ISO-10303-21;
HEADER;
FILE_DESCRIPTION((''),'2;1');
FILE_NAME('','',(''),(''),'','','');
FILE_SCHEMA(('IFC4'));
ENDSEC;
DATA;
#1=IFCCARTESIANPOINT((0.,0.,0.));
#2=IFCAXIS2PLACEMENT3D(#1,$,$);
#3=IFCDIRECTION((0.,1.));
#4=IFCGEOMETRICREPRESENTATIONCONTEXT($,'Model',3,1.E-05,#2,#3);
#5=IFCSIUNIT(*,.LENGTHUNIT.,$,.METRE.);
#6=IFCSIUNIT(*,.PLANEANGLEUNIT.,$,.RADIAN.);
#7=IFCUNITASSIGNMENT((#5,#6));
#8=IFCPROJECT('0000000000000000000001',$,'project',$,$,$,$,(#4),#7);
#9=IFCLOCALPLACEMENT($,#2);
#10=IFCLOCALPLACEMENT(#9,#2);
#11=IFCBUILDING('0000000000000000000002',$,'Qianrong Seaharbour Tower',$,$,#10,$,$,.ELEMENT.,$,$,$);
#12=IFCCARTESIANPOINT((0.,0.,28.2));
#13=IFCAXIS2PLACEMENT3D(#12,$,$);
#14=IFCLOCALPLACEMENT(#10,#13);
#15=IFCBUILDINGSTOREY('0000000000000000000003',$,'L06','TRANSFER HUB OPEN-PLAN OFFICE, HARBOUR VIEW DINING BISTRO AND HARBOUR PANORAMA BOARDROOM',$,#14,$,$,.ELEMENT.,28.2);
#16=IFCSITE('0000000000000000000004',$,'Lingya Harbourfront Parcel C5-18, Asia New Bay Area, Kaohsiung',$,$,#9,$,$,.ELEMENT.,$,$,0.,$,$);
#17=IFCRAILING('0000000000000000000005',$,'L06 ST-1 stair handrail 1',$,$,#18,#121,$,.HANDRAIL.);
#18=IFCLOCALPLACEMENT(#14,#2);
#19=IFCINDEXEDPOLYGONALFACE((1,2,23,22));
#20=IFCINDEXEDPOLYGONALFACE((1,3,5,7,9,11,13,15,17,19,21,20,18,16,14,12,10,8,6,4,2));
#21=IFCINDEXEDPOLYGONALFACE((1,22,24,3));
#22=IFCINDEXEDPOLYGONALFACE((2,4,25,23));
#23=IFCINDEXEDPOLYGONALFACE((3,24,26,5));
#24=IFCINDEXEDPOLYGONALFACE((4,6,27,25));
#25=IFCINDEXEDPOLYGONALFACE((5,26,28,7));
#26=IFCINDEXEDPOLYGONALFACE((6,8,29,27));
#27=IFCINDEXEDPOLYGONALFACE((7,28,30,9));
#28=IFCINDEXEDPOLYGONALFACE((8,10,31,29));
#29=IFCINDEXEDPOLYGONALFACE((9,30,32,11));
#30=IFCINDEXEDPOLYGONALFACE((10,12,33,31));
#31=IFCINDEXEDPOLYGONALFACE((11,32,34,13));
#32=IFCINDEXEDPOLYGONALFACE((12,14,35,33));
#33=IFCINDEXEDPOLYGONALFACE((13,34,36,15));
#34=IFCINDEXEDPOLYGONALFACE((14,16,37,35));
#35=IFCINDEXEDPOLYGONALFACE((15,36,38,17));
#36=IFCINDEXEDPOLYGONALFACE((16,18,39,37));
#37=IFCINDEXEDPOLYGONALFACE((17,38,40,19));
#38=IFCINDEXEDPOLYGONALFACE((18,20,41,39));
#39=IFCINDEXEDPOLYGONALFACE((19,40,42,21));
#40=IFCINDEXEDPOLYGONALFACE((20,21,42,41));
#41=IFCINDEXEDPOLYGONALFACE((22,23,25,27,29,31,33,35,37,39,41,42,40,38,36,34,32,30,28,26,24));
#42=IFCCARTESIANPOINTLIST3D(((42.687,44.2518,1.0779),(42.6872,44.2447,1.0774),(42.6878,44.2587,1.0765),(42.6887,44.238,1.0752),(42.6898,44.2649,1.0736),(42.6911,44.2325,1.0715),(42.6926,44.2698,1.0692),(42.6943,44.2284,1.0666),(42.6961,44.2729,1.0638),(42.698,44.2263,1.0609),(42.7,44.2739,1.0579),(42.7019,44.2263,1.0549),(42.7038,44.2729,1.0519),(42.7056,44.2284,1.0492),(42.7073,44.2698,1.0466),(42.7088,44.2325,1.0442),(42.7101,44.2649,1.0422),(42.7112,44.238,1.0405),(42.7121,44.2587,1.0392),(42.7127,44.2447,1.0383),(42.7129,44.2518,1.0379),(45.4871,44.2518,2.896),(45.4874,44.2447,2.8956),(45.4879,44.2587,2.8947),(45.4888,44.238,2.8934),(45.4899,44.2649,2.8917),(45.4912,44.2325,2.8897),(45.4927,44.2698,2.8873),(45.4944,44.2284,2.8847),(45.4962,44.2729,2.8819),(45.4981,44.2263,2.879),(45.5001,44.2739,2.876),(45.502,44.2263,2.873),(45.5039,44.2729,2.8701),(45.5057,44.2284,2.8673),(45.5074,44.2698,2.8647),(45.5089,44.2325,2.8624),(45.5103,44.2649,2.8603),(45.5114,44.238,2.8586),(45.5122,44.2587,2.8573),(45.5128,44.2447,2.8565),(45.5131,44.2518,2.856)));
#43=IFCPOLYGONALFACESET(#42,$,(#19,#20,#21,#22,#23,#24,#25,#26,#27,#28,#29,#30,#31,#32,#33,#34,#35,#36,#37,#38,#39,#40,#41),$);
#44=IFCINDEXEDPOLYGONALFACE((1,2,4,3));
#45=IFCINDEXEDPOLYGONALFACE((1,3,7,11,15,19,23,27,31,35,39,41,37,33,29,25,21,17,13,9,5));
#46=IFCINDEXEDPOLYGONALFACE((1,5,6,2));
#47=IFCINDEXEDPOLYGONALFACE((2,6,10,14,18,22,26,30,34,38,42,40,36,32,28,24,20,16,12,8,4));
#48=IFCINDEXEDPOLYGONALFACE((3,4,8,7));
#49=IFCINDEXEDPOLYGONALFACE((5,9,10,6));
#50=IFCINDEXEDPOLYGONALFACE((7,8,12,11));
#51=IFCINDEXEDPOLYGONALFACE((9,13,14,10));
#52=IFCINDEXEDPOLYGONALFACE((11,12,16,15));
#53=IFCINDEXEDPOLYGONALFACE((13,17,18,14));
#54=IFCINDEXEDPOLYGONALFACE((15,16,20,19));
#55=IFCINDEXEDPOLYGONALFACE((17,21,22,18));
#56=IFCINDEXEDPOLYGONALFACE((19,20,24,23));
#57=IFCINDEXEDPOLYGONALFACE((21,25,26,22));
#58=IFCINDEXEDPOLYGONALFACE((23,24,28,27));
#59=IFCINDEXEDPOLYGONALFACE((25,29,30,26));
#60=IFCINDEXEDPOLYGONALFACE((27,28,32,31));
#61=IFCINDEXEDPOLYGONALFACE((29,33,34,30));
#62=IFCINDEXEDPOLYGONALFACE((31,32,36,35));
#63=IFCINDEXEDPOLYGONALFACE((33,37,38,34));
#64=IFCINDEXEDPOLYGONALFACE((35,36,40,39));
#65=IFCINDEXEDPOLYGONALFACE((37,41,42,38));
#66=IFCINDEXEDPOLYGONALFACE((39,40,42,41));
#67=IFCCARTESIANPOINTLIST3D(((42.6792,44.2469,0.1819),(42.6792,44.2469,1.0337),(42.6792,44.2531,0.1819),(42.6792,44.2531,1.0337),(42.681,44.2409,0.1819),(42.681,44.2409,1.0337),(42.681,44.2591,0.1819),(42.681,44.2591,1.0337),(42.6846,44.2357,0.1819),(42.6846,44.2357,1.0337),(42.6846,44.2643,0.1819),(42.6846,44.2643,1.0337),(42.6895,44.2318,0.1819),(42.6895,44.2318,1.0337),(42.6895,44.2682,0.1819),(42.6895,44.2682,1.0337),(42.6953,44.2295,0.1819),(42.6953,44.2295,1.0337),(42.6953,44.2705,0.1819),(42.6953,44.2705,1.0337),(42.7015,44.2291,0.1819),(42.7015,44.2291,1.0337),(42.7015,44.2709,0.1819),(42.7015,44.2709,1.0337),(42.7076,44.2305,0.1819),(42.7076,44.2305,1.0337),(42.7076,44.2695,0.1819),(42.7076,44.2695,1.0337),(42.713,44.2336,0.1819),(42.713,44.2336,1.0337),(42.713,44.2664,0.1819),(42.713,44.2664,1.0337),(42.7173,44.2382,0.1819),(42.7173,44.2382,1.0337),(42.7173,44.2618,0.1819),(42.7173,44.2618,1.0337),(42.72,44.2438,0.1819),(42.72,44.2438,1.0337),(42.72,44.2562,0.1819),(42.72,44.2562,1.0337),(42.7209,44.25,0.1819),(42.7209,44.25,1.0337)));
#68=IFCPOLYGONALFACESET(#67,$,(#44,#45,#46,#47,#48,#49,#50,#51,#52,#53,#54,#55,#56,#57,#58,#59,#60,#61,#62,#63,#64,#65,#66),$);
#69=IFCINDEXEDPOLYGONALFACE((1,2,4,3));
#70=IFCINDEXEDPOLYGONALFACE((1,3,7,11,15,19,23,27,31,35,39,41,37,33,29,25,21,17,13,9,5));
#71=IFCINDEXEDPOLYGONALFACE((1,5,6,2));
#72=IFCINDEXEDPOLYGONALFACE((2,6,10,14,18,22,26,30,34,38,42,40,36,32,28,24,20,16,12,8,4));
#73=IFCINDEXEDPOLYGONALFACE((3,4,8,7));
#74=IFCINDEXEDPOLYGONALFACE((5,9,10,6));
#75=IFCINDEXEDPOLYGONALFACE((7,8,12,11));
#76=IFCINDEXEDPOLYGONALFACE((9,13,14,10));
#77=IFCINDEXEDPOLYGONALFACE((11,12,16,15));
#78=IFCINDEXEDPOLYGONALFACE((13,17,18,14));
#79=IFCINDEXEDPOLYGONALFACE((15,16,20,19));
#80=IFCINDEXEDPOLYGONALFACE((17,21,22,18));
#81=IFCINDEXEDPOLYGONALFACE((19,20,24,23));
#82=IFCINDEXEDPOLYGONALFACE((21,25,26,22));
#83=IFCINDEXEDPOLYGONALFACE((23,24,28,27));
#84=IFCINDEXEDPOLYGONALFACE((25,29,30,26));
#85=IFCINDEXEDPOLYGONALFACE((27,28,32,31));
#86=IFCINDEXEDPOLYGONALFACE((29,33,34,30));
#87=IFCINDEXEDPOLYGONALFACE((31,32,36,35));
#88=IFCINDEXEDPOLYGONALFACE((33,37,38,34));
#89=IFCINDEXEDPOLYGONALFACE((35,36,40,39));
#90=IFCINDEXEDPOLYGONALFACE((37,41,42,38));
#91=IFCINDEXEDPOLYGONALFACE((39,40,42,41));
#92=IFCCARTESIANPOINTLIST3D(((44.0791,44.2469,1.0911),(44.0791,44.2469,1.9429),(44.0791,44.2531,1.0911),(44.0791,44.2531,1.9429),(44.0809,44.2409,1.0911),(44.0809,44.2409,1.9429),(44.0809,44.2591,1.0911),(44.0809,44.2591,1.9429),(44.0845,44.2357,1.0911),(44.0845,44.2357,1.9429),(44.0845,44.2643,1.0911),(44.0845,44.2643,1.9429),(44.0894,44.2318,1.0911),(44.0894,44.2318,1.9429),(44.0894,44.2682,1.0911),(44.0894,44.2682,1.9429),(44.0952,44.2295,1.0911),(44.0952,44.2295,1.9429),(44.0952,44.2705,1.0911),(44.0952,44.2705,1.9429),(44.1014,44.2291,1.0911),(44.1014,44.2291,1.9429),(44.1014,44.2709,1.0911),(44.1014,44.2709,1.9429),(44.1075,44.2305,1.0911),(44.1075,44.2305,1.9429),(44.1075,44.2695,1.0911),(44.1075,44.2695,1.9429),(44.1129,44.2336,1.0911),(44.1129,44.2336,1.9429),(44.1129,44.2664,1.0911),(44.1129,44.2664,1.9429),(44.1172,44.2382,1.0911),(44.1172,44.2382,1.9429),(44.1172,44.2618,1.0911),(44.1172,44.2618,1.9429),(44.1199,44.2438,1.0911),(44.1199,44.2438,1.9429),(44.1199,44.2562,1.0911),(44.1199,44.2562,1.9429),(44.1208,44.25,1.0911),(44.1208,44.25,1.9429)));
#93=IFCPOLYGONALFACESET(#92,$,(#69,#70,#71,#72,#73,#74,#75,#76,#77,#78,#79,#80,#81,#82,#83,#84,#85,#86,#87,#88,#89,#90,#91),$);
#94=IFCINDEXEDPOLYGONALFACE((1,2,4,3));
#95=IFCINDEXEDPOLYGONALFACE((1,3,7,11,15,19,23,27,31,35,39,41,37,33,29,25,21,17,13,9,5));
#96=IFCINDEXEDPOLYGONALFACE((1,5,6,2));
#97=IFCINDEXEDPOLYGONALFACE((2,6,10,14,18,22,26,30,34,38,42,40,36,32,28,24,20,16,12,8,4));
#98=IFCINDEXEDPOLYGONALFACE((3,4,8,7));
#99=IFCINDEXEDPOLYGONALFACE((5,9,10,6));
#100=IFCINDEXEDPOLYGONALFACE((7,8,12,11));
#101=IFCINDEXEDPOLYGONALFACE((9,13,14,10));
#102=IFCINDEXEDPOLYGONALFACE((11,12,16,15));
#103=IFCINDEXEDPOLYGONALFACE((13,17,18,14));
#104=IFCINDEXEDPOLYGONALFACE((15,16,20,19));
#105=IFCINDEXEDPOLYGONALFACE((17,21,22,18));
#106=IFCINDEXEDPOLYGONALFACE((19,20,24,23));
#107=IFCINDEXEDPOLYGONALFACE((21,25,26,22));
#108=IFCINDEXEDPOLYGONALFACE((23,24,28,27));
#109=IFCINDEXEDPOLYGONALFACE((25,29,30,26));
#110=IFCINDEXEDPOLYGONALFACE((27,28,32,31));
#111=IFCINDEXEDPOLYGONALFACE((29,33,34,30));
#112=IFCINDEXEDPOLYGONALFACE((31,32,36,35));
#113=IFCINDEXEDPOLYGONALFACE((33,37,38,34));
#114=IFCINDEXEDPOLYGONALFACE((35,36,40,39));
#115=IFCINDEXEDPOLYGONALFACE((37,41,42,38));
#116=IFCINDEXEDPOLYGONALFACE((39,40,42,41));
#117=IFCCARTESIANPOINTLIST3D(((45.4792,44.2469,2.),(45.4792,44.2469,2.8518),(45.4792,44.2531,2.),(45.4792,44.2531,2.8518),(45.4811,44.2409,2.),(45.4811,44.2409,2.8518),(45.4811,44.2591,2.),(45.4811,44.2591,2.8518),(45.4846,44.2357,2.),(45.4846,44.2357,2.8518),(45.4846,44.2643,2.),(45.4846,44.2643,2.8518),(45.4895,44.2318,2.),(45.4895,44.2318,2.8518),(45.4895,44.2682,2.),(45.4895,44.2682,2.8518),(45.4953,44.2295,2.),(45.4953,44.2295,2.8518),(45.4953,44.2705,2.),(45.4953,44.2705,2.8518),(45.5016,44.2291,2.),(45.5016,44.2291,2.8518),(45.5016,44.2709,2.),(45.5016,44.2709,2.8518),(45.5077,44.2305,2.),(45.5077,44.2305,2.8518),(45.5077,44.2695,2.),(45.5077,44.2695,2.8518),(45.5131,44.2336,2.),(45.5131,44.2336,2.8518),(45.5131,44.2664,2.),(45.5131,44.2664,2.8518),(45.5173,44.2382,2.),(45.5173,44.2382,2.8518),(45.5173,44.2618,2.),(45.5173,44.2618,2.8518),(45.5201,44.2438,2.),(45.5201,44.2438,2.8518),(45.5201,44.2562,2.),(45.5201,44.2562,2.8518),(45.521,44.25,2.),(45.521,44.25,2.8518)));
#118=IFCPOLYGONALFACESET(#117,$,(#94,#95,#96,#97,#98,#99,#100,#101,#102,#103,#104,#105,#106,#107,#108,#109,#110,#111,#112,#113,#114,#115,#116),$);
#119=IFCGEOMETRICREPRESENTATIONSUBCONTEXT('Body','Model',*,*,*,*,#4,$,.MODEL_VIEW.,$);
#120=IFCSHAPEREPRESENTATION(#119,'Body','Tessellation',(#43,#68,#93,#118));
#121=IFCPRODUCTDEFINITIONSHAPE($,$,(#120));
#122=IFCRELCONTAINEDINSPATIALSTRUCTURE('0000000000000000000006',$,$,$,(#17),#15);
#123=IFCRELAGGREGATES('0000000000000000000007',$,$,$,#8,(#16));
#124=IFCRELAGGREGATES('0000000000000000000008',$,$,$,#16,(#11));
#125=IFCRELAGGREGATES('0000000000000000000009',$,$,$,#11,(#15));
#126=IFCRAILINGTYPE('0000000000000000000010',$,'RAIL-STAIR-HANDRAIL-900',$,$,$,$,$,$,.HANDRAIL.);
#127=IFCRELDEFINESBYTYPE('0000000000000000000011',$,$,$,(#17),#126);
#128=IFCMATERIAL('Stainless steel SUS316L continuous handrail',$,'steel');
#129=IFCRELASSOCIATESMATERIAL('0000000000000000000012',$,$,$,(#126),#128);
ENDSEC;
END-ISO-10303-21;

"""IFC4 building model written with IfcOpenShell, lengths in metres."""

from ifc_helpers import new_model, si_unit, direction, frame, origin, origin_2d, place, context, subcontext, project, spatial, circle, extrude, material, type_object, element, save


model = new_model("IFC4")

# Units and contexts
model_context = context("Model", 3, precision=1e-05, world=origin(), true_north=direction((0.0, 1.0)))
body_context = subcontext(model_context, "Body", "Model", "MODEL_VIEW")
ifc_project = project(units=[si_unit("LENGTHUNIT", "METRE"), si_unit("PLANEANGLEUNIT", "RADIAN")], contexts=[model_context])

# Site, building, storey
site_placement = place(None, origin())
site = spatial("IfcSite", under=ifc_project, at=site_placement, Name="Lingya Harbourfront Parcel C5-18, Asia New Bay Area, Kaohsiung", CompositionType="ELEMENT", RefElevation=0.0)
building_placement = place(site_placement, origin())
building = spatial("IfcBuilding", under=site, at=building_placement, Name="Qianrong Seaharbour Tower", CompositionType="ELEMENT")
storey_placement = place(building_placement, frame((0.0, 0.0, 28.2)))
storey = spatial("IfcBuildingStorey", under=building, at=storey_placement, Name="L06", Description="TRANSFER HUB OPEN-PLAN OFFICE, HARBOUR VIEW DINING BISTRO AND HARBOUR PANORAMA BOARDROOM", CompositionType="ELEMENT", Elevation=28.2)

# Railing
ifc_material_1 = material(Name="Stainless steel SUS316L continuous handrail", Category="steel")
railing_type = type_object("IfcRailingType", Name="RAIL-STAIR-HANDRAIL-900", PredefinedType="HANDRAIL", material=ifc_material_1)
railing_placement = place(storey_placement, frame((42.7, 44.25, 0.1819)))
element("IfcRailing", 1, at=railing_placement, inside=storey, type_object=railing_type, Name="L06 ST-1 stair handrail 1", PredefinedType="HANDRAIL", context=body_context, shape_type="SweptSolid", body=[
    extrude(circle(Radius=0.0239, at=origin_2d()), frame((0.0, 0.0, 0.876), z_axis=(0.838706, 0.0, 0.544585), x_axis=(0.0, 1.0, 0.0)), (0.0, 0.0, 1.0), 3.3386),
    extrude(circle(Radius=0.021, at=origin_2d()), origin(), (0.0, 0.0, 1.0), 0.8518),
    extrude(circle(Radius=0.021, at=origin_2d()), frame((1.3999, 0.0, 0.9092)), (0.0, 0.0, 1.0), 0.8518),
    extrude(circle(Radius=0.021, at=origin_2d()), frame((2.8, 0.0, 1.8181)), (0.0, 0.0, 1.0), 0.8518),
])

save(model, "model.ifc")
